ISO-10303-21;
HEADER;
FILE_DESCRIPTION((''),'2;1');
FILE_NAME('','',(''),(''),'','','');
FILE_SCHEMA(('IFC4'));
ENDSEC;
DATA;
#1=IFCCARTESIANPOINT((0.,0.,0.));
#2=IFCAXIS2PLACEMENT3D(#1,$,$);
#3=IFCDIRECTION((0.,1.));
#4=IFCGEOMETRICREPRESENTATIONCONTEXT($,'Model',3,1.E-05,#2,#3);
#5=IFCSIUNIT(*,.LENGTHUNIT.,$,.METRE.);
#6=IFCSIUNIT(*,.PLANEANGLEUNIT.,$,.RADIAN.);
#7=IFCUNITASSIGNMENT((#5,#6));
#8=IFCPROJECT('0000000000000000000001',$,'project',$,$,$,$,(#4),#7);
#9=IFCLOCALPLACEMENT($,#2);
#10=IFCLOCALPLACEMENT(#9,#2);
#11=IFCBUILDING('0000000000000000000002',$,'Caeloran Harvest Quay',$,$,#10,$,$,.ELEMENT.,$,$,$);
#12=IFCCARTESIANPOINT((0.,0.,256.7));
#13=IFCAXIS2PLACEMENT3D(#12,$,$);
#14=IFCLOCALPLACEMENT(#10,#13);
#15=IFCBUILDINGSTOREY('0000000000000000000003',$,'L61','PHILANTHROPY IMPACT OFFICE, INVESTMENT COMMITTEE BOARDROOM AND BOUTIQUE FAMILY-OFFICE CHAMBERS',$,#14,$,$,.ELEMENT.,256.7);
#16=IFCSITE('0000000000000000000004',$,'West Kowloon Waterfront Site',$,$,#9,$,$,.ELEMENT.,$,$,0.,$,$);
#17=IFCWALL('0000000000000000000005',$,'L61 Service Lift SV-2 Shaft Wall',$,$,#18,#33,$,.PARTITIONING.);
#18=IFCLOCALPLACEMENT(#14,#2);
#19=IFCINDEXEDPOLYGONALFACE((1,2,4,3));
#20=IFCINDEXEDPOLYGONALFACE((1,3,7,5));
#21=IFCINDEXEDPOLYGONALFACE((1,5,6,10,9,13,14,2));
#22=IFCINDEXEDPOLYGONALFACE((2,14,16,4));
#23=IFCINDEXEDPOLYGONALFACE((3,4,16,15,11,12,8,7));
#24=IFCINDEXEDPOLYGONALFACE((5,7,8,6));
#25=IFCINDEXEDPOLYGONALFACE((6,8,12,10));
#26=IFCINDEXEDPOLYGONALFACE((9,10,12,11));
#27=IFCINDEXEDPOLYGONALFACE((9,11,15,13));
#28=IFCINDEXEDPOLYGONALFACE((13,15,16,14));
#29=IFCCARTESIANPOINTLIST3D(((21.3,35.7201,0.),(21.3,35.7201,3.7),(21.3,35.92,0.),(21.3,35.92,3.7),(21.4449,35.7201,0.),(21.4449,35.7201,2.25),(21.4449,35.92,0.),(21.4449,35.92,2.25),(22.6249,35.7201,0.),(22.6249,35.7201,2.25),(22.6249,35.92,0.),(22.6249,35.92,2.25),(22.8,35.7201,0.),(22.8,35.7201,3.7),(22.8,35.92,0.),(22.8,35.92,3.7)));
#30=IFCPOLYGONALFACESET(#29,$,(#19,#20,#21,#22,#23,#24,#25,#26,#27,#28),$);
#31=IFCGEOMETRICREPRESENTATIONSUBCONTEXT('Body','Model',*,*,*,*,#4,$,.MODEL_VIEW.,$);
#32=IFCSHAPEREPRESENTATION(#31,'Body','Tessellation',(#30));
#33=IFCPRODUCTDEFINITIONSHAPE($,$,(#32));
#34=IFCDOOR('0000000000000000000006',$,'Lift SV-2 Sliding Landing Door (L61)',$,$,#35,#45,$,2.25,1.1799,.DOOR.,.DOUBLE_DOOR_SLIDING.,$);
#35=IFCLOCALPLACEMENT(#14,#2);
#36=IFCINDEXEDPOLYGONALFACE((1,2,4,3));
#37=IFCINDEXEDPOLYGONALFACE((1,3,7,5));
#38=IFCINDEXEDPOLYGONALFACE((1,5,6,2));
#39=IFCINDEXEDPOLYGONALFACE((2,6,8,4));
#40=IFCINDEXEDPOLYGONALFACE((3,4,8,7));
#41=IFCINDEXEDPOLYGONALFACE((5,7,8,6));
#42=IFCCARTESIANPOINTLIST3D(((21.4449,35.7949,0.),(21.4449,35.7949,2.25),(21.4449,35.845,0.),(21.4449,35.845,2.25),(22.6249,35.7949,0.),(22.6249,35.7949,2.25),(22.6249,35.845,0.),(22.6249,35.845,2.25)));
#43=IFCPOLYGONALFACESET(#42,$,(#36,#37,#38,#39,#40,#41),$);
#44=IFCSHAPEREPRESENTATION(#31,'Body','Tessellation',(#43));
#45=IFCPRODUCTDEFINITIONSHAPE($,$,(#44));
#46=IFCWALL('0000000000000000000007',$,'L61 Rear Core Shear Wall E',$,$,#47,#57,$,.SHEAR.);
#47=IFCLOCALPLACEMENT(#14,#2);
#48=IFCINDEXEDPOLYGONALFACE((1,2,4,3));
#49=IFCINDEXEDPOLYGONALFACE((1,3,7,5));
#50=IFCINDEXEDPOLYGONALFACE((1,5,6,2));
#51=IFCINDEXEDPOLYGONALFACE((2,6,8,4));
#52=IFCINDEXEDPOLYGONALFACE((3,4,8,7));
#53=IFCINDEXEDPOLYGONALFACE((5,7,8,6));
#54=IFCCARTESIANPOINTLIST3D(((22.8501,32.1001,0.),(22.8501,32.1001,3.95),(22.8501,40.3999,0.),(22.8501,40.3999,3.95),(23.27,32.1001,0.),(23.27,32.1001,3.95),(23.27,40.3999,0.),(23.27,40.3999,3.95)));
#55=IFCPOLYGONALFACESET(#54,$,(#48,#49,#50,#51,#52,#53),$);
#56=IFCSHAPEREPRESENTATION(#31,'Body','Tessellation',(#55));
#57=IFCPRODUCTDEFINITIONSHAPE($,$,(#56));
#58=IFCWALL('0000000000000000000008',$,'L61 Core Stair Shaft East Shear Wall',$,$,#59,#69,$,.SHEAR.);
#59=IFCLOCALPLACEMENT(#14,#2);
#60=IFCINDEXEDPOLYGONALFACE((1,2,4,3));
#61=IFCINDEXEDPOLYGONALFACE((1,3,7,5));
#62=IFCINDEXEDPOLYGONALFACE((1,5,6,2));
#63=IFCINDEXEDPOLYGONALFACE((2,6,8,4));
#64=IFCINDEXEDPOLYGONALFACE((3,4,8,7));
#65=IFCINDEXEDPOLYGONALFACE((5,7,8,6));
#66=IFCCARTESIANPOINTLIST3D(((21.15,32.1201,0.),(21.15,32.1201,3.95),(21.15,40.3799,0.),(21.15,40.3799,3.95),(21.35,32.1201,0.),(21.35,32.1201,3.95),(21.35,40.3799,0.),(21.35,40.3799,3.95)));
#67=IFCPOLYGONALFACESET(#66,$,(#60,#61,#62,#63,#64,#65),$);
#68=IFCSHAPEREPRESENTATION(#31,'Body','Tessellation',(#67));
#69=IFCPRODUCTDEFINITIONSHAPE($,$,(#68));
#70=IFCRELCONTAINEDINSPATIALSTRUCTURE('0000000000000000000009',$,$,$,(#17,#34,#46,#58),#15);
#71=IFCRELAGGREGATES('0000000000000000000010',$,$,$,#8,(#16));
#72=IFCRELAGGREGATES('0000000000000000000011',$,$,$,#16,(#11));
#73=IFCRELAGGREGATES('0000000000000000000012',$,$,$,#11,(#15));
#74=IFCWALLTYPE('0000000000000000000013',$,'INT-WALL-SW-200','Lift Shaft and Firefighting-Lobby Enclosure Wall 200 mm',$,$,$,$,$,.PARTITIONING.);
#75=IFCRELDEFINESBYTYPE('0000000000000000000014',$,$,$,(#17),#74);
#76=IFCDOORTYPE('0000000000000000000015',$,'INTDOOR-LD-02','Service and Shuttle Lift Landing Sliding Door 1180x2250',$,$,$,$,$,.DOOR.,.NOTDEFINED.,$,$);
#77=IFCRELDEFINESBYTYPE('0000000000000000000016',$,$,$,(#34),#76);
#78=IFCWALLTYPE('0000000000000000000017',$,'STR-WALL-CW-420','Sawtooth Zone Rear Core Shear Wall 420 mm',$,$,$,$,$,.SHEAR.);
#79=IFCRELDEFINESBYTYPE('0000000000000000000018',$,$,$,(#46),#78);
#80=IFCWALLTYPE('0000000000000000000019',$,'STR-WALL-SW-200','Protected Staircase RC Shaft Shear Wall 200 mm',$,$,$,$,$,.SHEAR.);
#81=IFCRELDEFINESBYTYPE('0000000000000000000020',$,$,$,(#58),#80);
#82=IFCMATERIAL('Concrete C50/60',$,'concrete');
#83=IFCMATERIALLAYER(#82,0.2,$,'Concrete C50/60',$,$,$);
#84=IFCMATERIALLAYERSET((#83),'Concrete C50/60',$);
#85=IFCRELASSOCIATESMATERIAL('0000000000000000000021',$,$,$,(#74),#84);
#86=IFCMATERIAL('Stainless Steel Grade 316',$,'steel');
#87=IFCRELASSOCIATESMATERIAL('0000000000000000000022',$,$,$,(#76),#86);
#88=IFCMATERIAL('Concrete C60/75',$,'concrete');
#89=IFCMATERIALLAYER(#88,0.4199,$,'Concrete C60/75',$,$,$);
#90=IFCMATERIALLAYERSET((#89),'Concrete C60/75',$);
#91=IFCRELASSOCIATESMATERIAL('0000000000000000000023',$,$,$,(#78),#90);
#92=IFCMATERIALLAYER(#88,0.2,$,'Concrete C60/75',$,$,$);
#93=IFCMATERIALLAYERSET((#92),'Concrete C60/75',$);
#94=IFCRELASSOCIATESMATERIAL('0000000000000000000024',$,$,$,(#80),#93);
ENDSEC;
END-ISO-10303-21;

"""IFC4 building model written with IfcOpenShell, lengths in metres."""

from ifc_helpers import new_model, si_unit, direction, frame, frame_2d, origin, place, context, subcontext, project, spatial, rectangle, extrude, material, layer, layer_set, type_object, element, fill, save


model = new_model("IFC4")

# Units and contexts
model_context = context("Model", 3, precision=1e-05, world=origin(), true_north=direction((0.0, 1.0)))
body_context = subcontext(model_context, "Body", "Model", "MODEL_VIEW")
ifc_project = project(units=[si_unit("LENGTHUNIT", "METRE"), si_unit("PLANEANGLEUNIT", "RADIAN")], contexts=[model_context])

# Site, building, storey
site_placement = place(None, origin())
site = spatial("IfcSite", under=ifc_project, at=site_placement, Name="West Kowloon Waterfront Site", CompositionType="ELEMENT", RefElevation=0.0)
building_placement = place(site_placement, origin())
building = spatial("IfcBuilding", under=site, at=building_placement, Name="Caeloran Harvest Quay", CompositionType="ELEMENT")
storey_placement = place(building_placement, frame((0.0, 0.0, 256.7)))
storey = spatial("IfcBuildingStorey", under=building, at=storey_placement, Name="L61", Description="PHILANTHROPY IMPACT OFFICE, INVESTMENT COMMITTEE BOARDROOM AND BOUTIQUE FAMILY-OFFICE CHAMBERS", CompositionType="ELEMENT", Elevation=256.7)

# Shared definitions
ifc_material_1 = material(Name="Concrete C60/75", Category="concrete")

# Wall, opening, door
ifc_material_2 = material(Name="Concrete C50/60", Category="concrete")
ifc_layer_1 = layer(ifc_material_2, 0.2, Name="Concrete C50/60")
ifc_layer_set_1 = layer_set([ifc_layer_1], Name="Concrete C50/60")
wall_type_1 = type_object("IfcWallType", Name="INT-WALL-SW-200", Description="Lift Shaft and Firefighting-Lobby Enclosure Wall 200 mm", PredefinedType="PARTITIONING", material=ifc_layer_set_1)
wall_1_placement = place(storey_placement, frame((21.3, 35.8201, 0.0), z_axis=(0.0, 0.0, 1.0), x_axis=(1.0, 0.0, 0.0)))
wall_1 = element("IfcWall", 1, at=wall_1_placement, inside=storey, type_object=wall_type_1, Name="L61 Service Lift SV-2 Shaft Wall", PredefinedType="PARTITIONING", context=body_context, shape_type="SweptSolid", body=[
    extrude(rectangle(XDim=1.5, YDim=0.2, at=frame_2d((0.75, 0.0))), origin(), (0.0, 0.0, 1.0), 3.7),
])
opening_1_placement = place(wall_1_placement, frame((0.145, 0.0, 0.0)))
opening_1 = element("IfcOpeningElement", 2, at=opening_1_placement, cuts=wall_1, PredefinedType="OPENING", context=body_context, shape_type="SweptSolid", body=[
    extrude(rectangle(XDim=1.1799, YDim=2.25, at=frame_2d((0.5898, 1.125))), frame((0.0, 0.1099, 0.0), z_axis=(0.0, -1.0, 0.0), x_axis=(1.0, 0.0, 0.0)), (0.0, 0.0, 1.0), 0.22),
])
ifc_material_3 = material(Name="Stainless Steel Grade 316", Category="steel")
door_type_1 = type_object("IfcDoorType", Name="INTDOOR-LD-02", Description="Service and Shuttle Lift Landing Sliding Door 1180x2250", OperationType="NOTDEFINED", PredefinedType="DOOR", material=ifc_material_3)
door_1_placement = place(opening_1_placement, origin())
door_1 = element("IfcDoor", 3, at=door_1_placement, inside=storey, type_object=door_type_1, Name="Lift SV-2 Sliding Landing Door (L61)", OperationType="DOUBLE_DOOR_SLIDING", OverallHeight=2.25, OverallWidth=1.1799, PredefinedType="DOOR", context=body_context, shape_type="SweptSolid", body=[
    extrude(rectangle(XDim=1.1799, YDim=2.25, at=frame_2d((0.5898, 1.125))), frame((0.0, 0.0249, 0.0), z_axis=(0.0, -1.0, 0.0), x_axis=(1.0, 0.0, 0.0)), (0.0, 0.0, 1.0), 0.05),
])
fill(opening_1, door_1)

# Walls
ifc_layer_2 = layer(ifc_material_1, 0.4199, Name="Concrete C60/75")
ifc_layer_set_2 = layer_set([ifc_layer_2], Name="Concrete C60/75")
wall_type_2 = type_object("IfcWallType", Name="STR-WALL-CW-420", Description="Sawtooth Zone Rear Core Shear Wall 420 mm", PredefinedType="SHEAR", material=ifc_layer_set_2)
wall_2_placement = place(storey_placement, frame((23.0601, 32.1001, 0.0), z_axis=(0.0, 0.0, 1.0), x_axis=(0.0, 1.0, 0.0)))
element("IfcWall", 4, at=wall_2_placement, inside=storey, type_object=wall_type_2, Name="L61 Rear Core Shear Wall E", PredefinedType="SHEAR", context=body_context, shape_type="SweptSolid", body=[
    extrude(rectangle(XDim=8.2998, YDim=0.4199, at=frame_2d((4.1499, 0.0))), origin(), (0.0, 0.0, 1.0), 3.95),
])
ifc_layer_3 = layer(ifc_material_1, 0.2, Name="Concrete C60/75")
ifc_layer_set_3 = layer_set([ifc_layer_3], Name="Concrete C60/75")
wall_type_3 = type_object("IfcWallType", Name="STR-WALL-SW-200", Description="Protected Staircase RC Shaft Shear Wall 200 mm", PredefinedType="SHEAR", material=ifc_layer_set_3)
wall_3_placement = place(storey_placement, frame((21.25, 32.1201, 0.0), z_axis=(0.0, 0.0, 1.0), x_axis=(0.0, 1.0, 0.0)))
element("IfcWall", 5, at=wall_3_placement, inside=storey, type_object=wall_type_3, Name="L61 Core Stair Shaft East Shear Wall", PredefinedType="SHEAR", context=body_context, shape_type="SweptSolid", body=[
    extrude(rectangle(XDim=8.2598, YDim=0.2, at=frame_2d((4.1299, 0.0))), origin(), (0.0, 0.0, 1.0), 3.95),
])

save(model, "model.ifc")
